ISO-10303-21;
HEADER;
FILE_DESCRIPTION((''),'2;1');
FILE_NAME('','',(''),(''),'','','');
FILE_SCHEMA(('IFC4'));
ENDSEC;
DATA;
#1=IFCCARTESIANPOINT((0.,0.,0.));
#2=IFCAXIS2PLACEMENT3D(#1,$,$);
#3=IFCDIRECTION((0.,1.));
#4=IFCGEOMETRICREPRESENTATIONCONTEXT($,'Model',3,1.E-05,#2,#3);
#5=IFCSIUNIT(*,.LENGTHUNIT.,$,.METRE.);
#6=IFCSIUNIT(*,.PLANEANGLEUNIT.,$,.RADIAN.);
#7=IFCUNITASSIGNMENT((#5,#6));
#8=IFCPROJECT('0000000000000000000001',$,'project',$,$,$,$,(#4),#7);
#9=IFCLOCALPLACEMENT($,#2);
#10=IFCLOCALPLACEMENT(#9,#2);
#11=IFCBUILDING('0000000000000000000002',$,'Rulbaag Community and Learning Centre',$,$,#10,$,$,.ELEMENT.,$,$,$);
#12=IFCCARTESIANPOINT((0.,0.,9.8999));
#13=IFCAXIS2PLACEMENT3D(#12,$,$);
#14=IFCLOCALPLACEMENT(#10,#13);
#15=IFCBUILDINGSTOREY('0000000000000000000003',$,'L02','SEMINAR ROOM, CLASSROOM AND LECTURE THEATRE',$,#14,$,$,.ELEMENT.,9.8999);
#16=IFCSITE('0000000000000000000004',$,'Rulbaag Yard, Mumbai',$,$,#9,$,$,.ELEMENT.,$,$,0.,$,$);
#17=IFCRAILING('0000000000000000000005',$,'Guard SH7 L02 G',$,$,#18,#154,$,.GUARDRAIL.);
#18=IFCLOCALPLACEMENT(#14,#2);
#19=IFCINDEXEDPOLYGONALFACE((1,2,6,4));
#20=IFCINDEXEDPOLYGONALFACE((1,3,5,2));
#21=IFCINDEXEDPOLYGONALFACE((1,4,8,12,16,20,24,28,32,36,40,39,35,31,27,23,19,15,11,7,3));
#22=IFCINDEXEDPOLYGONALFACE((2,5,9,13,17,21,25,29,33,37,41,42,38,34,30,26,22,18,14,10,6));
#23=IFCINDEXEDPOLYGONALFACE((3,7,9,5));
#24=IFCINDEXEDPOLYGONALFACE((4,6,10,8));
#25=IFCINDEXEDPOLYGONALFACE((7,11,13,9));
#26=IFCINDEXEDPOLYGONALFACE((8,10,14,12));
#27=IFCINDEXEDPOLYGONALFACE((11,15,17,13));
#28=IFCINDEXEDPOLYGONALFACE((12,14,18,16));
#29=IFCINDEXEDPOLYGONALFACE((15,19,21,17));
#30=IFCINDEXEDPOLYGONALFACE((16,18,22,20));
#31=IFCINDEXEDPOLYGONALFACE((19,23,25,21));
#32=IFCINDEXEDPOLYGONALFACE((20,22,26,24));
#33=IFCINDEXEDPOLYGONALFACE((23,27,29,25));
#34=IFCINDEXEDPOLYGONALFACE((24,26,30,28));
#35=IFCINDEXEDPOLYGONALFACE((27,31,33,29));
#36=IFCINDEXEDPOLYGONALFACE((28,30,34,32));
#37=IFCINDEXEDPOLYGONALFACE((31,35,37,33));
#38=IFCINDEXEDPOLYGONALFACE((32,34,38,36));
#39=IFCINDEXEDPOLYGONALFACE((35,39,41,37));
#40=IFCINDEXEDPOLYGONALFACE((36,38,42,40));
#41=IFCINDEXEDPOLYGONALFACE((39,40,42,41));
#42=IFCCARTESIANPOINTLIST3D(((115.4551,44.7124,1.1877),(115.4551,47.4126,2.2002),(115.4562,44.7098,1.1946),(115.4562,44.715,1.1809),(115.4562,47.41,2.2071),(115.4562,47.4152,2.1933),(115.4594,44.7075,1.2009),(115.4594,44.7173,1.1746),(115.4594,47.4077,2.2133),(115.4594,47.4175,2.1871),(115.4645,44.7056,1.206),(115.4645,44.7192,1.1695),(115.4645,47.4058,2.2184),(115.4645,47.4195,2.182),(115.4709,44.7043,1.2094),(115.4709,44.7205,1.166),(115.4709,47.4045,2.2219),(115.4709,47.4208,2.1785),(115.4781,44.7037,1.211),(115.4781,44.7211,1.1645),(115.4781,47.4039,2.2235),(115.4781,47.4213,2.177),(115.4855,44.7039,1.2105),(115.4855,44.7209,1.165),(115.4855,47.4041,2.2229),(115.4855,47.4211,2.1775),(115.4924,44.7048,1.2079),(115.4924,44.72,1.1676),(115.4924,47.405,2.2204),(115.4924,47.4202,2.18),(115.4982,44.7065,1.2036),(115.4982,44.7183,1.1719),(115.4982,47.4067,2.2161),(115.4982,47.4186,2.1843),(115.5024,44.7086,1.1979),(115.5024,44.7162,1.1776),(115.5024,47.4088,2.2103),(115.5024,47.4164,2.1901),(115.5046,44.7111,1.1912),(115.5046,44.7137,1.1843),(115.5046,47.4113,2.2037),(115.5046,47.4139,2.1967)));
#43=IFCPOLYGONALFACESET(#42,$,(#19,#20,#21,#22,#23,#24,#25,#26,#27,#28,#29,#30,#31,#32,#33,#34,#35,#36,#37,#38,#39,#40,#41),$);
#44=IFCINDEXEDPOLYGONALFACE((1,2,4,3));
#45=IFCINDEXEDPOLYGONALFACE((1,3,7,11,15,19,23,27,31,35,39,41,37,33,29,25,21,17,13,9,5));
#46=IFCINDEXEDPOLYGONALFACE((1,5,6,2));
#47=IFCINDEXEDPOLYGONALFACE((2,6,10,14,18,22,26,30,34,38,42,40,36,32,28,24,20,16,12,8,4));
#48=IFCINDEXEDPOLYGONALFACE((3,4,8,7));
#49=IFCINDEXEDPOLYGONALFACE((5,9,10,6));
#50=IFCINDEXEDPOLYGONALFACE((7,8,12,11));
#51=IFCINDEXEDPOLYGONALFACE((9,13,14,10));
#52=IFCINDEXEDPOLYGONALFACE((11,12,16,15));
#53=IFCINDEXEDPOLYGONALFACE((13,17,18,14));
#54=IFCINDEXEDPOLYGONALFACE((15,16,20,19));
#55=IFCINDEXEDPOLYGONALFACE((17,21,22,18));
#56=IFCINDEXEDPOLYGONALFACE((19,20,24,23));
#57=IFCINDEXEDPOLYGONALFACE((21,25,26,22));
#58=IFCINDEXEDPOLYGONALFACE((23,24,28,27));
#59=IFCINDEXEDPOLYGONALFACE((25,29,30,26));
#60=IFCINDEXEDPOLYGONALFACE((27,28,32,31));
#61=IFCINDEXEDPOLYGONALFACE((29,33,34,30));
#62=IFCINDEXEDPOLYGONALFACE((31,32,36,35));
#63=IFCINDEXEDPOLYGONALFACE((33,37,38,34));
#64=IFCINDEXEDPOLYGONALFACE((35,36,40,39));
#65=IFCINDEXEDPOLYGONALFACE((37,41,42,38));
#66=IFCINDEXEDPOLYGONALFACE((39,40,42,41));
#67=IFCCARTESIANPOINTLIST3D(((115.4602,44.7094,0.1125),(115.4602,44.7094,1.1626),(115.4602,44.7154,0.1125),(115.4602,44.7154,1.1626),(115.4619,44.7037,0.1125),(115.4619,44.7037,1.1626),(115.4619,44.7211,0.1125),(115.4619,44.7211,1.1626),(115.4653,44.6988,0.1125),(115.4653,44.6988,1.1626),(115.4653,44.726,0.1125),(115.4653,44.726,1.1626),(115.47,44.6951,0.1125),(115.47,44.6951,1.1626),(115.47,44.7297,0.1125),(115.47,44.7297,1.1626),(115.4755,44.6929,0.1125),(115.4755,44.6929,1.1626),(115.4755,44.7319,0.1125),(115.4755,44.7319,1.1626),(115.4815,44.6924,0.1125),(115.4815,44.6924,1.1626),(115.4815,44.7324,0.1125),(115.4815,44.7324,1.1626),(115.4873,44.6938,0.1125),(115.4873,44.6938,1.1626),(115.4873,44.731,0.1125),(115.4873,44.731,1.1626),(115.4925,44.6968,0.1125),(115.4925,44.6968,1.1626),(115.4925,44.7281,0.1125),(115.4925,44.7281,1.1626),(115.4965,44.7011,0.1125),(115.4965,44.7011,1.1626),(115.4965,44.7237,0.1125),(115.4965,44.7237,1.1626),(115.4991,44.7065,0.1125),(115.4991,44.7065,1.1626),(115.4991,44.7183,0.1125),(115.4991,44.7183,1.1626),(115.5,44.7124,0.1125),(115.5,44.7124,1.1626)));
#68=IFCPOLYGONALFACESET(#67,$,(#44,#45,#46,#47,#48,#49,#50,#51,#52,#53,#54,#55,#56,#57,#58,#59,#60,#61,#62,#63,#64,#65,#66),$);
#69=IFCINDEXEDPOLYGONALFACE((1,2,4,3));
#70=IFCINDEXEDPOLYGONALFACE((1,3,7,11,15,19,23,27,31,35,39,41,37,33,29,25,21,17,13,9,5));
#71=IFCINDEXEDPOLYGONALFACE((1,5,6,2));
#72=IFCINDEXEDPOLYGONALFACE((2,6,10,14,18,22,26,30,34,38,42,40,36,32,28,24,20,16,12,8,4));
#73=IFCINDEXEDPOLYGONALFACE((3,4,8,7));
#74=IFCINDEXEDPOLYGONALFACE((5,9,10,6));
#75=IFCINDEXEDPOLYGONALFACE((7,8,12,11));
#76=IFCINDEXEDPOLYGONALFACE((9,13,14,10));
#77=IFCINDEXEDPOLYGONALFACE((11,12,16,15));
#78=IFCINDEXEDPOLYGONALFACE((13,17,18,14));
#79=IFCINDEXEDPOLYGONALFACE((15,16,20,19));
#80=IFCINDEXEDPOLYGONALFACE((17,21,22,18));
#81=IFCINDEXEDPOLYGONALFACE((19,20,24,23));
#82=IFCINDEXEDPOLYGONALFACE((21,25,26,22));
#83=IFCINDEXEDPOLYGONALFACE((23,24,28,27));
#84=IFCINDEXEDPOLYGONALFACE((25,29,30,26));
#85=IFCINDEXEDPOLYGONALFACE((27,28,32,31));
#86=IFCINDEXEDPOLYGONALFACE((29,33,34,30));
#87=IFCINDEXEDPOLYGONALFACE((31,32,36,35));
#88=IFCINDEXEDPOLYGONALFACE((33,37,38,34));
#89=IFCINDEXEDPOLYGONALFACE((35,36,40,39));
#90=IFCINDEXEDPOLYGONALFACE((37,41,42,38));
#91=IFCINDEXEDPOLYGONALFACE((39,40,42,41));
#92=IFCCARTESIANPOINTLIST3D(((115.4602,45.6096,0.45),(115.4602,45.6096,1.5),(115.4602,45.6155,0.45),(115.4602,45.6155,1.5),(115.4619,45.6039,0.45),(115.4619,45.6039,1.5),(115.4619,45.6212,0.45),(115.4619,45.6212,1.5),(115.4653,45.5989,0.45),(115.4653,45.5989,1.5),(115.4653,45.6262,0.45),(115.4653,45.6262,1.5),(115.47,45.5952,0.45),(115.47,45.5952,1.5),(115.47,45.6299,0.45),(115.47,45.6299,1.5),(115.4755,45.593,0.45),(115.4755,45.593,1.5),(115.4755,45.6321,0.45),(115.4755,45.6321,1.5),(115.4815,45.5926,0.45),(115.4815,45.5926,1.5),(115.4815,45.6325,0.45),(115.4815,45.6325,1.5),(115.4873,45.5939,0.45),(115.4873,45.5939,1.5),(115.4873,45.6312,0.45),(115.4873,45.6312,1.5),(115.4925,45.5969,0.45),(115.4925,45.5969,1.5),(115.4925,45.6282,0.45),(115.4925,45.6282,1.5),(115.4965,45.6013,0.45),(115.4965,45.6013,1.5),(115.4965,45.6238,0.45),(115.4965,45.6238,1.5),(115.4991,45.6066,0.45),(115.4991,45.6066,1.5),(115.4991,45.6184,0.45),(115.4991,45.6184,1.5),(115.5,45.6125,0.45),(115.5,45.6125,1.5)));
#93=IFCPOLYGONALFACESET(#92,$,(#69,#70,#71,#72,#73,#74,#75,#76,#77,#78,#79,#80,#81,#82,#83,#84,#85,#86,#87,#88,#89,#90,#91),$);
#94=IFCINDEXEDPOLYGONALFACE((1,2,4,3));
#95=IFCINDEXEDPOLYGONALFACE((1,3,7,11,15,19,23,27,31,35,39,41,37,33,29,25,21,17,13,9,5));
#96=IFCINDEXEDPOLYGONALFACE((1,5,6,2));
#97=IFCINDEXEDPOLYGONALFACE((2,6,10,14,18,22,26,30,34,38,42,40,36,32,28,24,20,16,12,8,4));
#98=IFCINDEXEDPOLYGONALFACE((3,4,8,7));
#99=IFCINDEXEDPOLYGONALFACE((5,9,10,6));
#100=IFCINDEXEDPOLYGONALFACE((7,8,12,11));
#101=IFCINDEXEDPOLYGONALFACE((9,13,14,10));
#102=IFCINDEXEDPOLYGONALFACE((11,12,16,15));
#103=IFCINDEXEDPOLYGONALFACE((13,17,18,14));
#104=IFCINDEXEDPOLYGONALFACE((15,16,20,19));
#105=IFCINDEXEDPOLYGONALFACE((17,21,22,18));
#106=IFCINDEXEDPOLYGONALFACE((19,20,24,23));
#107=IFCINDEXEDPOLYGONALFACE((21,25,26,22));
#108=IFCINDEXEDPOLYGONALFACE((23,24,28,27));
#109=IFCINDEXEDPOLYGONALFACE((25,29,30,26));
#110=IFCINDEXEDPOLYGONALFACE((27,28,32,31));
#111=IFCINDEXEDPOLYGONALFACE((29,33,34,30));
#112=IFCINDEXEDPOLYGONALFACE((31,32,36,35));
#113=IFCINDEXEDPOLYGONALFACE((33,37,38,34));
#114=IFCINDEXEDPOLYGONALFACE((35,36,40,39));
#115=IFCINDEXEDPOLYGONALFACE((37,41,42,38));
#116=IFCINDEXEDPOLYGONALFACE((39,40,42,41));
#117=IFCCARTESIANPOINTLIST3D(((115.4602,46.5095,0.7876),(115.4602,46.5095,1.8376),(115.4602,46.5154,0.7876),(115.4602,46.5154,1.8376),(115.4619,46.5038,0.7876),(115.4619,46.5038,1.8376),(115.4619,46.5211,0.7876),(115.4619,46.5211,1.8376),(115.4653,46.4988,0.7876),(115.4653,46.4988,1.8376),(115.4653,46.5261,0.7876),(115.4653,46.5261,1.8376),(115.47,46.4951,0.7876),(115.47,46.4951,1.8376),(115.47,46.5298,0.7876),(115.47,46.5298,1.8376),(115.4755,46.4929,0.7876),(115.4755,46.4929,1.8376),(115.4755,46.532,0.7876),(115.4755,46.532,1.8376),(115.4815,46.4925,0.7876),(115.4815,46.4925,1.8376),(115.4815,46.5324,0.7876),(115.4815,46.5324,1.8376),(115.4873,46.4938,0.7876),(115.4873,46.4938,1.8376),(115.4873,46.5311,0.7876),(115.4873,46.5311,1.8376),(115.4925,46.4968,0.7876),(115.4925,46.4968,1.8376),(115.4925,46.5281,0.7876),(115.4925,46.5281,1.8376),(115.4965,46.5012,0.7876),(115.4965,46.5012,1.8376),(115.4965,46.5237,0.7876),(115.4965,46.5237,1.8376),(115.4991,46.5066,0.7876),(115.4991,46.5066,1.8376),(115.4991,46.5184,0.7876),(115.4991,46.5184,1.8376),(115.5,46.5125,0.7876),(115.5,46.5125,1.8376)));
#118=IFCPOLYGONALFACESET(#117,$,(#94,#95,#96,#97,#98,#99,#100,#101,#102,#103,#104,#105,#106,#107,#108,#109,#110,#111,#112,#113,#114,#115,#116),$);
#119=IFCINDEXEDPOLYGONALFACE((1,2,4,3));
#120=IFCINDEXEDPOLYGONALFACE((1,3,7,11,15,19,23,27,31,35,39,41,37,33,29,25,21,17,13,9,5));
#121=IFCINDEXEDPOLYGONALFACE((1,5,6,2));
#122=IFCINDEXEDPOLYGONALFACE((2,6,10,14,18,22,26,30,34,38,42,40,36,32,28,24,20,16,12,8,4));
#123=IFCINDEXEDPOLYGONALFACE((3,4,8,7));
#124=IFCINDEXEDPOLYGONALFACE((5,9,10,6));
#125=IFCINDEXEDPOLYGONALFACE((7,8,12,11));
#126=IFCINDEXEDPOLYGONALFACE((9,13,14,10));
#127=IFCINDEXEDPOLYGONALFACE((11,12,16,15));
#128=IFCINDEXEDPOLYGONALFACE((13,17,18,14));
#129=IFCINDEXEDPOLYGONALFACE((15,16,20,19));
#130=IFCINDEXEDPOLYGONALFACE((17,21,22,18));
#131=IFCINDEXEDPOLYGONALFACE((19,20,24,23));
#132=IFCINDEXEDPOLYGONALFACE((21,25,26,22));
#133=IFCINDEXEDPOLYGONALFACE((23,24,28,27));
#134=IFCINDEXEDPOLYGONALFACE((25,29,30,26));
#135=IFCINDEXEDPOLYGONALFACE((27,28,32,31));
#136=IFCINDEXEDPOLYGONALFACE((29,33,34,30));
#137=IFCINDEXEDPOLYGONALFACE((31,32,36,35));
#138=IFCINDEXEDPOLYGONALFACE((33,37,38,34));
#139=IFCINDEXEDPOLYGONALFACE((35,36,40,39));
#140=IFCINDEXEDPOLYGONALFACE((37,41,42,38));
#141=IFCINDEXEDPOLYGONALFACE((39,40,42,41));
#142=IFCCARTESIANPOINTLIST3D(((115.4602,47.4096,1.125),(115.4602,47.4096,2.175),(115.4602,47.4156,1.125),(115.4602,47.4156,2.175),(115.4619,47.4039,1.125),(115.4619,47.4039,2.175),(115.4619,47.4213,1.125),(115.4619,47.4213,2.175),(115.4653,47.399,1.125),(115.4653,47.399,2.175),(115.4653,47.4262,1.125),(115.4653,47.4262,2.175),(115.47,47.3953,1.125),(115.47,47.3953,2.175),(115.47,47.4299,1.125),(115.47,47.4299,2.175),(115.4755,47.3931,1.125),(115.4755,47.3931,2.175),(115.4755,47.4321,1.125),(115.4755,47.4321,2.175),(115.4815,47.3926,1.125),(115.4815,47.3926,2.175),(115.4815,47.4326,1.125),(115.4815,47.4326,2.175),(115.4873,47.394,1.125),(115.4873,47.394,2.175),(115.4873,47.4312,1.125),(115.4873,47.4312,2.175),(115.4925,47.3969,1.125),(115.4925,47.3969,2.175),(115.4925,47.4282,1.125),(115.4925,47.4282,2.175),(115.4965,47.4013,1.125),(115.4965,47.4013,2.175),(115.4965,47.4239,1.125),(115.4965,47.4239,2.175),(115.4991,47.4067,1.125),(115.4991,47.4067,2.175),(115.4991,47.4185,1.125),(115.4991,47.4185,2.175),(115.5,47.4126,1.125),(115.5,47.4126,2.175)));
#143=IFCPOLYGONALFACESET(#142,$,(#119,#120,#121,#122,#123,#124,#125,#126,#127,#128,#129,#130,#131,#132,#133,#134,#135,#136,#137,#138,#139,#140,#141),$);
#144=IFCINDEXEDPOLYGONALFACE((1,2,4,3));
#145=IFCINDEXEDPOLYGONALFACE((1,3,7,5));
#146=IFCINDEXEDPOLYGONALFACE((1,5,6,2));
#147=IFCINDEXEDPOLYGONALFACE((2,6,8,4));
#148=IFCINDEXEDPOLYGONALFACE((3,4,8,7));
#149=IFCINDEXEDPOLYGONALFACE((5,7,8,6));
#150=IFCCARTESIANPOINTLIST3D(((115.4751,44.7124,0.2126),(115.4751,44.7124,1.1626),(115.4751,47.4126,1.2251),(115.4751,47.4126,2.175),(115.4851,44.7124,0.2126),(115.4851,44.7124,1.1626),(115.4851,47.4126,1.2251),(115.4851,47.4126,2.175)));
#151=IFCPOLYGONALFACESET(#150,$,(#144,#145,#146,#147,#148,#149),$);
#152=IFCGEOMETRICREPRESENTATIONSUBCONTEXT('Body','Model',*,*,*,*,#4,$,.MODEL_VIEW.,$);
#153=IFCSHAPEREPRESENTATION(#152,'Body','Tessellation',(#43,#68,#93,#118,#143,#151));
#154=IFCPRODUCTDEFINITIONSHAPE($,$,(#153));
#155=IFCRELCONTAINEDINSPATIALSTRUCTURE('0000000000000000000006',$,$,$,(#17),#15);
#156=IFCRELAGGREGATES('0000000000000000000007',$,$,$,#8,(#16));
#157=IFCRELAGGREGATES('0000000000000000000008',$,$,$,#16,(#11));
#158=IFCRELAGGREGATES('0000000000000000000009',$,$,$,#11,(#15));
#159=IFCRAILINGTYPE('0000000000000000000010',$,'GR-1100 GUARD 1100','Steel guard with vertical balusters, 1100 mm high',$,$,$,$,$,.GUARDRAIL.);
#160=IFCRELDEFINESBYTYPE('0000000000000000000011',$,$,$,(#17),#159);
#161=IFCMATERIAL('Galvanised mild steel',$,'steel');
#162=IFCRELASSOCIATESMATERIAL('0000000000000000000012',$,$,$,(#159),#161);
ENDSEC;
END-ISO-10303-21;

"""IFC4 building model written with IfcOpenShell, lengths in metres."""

from ifc_helpers import new_model, si_unit, direction, frame, origin, origin_2d, place, context, subcontext, project, spatial, polyline, circle, outline, extrude, material, type_object, element, save


model = new_model("IFC4")

# Units and contexts
model_context = context("Model", 3, precision=1e-05, world=origin(), true_north=direction((0.0, 1.0)))
body_context = subcontext(model_context, "Body", "Model", "MODEL_VIEW")
ifc_project = project(units=[si_unit("LENGTHUNIT", "METRE"), si_unit("PLANEANGLEUNIT", "RADIAN")], contexts=[model_context])

# Site, building, storey
site_placement = place(None, origin())
site = spatial("IfcSite", under=ifc_project, at=site_placement, Name="Rulbaag Yard, Mumbai", CompositionType="ELEMENT", RefElevation=0.0)
building_placement = place(site_placement, origin())
building = spatial("IfcBuilding", under=site, at=building_placement, Name="Rulbaag Community and Learning Centre", CompositionType="ELEMENT")
storey_placement = place(building_placement, frame((0.0, 0.0, 9.8999)))
storey = spatial("IfcBuildingStorey", under=building, at=storey_placement, Name="L02", Description="SEMINAR ROOM, CLASSROOM AND LECTURE THEATRE", CompositionType="ELEMENT", Elevation=9.8999)

# Railing
ifc_material_1 = material(Name="Galvanised mild steel", Category="steel")
railing_type_1 = type_object("IfcRailingType", Name="GR-1100 GUARD 1100", Description="Steel guard with vertical balusters, 1100 mm high", PredefinedType="GUARDRAIL", material=ifc_material_1)
railing_1_placement = place(storey_placement, frame((115.48, 44.7124, 0.1125)))
element("IfcRailing", 1, at=railing_1_placement, inside=storey, type_object=railing_type_1, Name="Guard SH7 L02 G", PredefinedType="GUARDRAIL", context=body_context, shape_type="SweptSolid", body=[
    extrude(circle(Radius=0.0249, at=origin_2d()), frame((0.0, 0.0, 1.0752), z_axis=(0.0, 0.936343, 0.351086), x_axis=(-1.0, 0.0, 0.0)), (0.0, 0.0, 1.0), 2.8838),
    extrude(circle(Radius=0.02, at=origin_2d()), origin(), (0.0, 0.0, 1.0), 1.05),
    extrude(circle(Radius=0.02, at=origin_2d()), frame((0.0, 0.9001, 0.3374)), (0.0, 0.0, 1.0), 1.05),
    extrude(circle(Radius=0.02, at=origin_2d()), frame((0.0, 1.8, 0.675)), (0.0, 0.0, 1.0), 1.05),
    extrude(circle(Radius=0.02, at=origin_2d()), frame((0.0, 2.7002, 1.0125)), (0.0, 0.0, 1.0), 1.05),
    extrude(outline(polyline([(0.0, 0.0), (2.7002, 1.0125), (2.7002, 1.9624), (0.0, 0.95), (0.0, 0.0)])), frame((-0.0049, 0.0, 0.1001), z_axis=(1.0, 0.0, 0.0), x_axis=(0.0, 1.0, 0.0)), (0.0, 0.0, 1.0), 0.01),
])

save(model, "model.ifc")
